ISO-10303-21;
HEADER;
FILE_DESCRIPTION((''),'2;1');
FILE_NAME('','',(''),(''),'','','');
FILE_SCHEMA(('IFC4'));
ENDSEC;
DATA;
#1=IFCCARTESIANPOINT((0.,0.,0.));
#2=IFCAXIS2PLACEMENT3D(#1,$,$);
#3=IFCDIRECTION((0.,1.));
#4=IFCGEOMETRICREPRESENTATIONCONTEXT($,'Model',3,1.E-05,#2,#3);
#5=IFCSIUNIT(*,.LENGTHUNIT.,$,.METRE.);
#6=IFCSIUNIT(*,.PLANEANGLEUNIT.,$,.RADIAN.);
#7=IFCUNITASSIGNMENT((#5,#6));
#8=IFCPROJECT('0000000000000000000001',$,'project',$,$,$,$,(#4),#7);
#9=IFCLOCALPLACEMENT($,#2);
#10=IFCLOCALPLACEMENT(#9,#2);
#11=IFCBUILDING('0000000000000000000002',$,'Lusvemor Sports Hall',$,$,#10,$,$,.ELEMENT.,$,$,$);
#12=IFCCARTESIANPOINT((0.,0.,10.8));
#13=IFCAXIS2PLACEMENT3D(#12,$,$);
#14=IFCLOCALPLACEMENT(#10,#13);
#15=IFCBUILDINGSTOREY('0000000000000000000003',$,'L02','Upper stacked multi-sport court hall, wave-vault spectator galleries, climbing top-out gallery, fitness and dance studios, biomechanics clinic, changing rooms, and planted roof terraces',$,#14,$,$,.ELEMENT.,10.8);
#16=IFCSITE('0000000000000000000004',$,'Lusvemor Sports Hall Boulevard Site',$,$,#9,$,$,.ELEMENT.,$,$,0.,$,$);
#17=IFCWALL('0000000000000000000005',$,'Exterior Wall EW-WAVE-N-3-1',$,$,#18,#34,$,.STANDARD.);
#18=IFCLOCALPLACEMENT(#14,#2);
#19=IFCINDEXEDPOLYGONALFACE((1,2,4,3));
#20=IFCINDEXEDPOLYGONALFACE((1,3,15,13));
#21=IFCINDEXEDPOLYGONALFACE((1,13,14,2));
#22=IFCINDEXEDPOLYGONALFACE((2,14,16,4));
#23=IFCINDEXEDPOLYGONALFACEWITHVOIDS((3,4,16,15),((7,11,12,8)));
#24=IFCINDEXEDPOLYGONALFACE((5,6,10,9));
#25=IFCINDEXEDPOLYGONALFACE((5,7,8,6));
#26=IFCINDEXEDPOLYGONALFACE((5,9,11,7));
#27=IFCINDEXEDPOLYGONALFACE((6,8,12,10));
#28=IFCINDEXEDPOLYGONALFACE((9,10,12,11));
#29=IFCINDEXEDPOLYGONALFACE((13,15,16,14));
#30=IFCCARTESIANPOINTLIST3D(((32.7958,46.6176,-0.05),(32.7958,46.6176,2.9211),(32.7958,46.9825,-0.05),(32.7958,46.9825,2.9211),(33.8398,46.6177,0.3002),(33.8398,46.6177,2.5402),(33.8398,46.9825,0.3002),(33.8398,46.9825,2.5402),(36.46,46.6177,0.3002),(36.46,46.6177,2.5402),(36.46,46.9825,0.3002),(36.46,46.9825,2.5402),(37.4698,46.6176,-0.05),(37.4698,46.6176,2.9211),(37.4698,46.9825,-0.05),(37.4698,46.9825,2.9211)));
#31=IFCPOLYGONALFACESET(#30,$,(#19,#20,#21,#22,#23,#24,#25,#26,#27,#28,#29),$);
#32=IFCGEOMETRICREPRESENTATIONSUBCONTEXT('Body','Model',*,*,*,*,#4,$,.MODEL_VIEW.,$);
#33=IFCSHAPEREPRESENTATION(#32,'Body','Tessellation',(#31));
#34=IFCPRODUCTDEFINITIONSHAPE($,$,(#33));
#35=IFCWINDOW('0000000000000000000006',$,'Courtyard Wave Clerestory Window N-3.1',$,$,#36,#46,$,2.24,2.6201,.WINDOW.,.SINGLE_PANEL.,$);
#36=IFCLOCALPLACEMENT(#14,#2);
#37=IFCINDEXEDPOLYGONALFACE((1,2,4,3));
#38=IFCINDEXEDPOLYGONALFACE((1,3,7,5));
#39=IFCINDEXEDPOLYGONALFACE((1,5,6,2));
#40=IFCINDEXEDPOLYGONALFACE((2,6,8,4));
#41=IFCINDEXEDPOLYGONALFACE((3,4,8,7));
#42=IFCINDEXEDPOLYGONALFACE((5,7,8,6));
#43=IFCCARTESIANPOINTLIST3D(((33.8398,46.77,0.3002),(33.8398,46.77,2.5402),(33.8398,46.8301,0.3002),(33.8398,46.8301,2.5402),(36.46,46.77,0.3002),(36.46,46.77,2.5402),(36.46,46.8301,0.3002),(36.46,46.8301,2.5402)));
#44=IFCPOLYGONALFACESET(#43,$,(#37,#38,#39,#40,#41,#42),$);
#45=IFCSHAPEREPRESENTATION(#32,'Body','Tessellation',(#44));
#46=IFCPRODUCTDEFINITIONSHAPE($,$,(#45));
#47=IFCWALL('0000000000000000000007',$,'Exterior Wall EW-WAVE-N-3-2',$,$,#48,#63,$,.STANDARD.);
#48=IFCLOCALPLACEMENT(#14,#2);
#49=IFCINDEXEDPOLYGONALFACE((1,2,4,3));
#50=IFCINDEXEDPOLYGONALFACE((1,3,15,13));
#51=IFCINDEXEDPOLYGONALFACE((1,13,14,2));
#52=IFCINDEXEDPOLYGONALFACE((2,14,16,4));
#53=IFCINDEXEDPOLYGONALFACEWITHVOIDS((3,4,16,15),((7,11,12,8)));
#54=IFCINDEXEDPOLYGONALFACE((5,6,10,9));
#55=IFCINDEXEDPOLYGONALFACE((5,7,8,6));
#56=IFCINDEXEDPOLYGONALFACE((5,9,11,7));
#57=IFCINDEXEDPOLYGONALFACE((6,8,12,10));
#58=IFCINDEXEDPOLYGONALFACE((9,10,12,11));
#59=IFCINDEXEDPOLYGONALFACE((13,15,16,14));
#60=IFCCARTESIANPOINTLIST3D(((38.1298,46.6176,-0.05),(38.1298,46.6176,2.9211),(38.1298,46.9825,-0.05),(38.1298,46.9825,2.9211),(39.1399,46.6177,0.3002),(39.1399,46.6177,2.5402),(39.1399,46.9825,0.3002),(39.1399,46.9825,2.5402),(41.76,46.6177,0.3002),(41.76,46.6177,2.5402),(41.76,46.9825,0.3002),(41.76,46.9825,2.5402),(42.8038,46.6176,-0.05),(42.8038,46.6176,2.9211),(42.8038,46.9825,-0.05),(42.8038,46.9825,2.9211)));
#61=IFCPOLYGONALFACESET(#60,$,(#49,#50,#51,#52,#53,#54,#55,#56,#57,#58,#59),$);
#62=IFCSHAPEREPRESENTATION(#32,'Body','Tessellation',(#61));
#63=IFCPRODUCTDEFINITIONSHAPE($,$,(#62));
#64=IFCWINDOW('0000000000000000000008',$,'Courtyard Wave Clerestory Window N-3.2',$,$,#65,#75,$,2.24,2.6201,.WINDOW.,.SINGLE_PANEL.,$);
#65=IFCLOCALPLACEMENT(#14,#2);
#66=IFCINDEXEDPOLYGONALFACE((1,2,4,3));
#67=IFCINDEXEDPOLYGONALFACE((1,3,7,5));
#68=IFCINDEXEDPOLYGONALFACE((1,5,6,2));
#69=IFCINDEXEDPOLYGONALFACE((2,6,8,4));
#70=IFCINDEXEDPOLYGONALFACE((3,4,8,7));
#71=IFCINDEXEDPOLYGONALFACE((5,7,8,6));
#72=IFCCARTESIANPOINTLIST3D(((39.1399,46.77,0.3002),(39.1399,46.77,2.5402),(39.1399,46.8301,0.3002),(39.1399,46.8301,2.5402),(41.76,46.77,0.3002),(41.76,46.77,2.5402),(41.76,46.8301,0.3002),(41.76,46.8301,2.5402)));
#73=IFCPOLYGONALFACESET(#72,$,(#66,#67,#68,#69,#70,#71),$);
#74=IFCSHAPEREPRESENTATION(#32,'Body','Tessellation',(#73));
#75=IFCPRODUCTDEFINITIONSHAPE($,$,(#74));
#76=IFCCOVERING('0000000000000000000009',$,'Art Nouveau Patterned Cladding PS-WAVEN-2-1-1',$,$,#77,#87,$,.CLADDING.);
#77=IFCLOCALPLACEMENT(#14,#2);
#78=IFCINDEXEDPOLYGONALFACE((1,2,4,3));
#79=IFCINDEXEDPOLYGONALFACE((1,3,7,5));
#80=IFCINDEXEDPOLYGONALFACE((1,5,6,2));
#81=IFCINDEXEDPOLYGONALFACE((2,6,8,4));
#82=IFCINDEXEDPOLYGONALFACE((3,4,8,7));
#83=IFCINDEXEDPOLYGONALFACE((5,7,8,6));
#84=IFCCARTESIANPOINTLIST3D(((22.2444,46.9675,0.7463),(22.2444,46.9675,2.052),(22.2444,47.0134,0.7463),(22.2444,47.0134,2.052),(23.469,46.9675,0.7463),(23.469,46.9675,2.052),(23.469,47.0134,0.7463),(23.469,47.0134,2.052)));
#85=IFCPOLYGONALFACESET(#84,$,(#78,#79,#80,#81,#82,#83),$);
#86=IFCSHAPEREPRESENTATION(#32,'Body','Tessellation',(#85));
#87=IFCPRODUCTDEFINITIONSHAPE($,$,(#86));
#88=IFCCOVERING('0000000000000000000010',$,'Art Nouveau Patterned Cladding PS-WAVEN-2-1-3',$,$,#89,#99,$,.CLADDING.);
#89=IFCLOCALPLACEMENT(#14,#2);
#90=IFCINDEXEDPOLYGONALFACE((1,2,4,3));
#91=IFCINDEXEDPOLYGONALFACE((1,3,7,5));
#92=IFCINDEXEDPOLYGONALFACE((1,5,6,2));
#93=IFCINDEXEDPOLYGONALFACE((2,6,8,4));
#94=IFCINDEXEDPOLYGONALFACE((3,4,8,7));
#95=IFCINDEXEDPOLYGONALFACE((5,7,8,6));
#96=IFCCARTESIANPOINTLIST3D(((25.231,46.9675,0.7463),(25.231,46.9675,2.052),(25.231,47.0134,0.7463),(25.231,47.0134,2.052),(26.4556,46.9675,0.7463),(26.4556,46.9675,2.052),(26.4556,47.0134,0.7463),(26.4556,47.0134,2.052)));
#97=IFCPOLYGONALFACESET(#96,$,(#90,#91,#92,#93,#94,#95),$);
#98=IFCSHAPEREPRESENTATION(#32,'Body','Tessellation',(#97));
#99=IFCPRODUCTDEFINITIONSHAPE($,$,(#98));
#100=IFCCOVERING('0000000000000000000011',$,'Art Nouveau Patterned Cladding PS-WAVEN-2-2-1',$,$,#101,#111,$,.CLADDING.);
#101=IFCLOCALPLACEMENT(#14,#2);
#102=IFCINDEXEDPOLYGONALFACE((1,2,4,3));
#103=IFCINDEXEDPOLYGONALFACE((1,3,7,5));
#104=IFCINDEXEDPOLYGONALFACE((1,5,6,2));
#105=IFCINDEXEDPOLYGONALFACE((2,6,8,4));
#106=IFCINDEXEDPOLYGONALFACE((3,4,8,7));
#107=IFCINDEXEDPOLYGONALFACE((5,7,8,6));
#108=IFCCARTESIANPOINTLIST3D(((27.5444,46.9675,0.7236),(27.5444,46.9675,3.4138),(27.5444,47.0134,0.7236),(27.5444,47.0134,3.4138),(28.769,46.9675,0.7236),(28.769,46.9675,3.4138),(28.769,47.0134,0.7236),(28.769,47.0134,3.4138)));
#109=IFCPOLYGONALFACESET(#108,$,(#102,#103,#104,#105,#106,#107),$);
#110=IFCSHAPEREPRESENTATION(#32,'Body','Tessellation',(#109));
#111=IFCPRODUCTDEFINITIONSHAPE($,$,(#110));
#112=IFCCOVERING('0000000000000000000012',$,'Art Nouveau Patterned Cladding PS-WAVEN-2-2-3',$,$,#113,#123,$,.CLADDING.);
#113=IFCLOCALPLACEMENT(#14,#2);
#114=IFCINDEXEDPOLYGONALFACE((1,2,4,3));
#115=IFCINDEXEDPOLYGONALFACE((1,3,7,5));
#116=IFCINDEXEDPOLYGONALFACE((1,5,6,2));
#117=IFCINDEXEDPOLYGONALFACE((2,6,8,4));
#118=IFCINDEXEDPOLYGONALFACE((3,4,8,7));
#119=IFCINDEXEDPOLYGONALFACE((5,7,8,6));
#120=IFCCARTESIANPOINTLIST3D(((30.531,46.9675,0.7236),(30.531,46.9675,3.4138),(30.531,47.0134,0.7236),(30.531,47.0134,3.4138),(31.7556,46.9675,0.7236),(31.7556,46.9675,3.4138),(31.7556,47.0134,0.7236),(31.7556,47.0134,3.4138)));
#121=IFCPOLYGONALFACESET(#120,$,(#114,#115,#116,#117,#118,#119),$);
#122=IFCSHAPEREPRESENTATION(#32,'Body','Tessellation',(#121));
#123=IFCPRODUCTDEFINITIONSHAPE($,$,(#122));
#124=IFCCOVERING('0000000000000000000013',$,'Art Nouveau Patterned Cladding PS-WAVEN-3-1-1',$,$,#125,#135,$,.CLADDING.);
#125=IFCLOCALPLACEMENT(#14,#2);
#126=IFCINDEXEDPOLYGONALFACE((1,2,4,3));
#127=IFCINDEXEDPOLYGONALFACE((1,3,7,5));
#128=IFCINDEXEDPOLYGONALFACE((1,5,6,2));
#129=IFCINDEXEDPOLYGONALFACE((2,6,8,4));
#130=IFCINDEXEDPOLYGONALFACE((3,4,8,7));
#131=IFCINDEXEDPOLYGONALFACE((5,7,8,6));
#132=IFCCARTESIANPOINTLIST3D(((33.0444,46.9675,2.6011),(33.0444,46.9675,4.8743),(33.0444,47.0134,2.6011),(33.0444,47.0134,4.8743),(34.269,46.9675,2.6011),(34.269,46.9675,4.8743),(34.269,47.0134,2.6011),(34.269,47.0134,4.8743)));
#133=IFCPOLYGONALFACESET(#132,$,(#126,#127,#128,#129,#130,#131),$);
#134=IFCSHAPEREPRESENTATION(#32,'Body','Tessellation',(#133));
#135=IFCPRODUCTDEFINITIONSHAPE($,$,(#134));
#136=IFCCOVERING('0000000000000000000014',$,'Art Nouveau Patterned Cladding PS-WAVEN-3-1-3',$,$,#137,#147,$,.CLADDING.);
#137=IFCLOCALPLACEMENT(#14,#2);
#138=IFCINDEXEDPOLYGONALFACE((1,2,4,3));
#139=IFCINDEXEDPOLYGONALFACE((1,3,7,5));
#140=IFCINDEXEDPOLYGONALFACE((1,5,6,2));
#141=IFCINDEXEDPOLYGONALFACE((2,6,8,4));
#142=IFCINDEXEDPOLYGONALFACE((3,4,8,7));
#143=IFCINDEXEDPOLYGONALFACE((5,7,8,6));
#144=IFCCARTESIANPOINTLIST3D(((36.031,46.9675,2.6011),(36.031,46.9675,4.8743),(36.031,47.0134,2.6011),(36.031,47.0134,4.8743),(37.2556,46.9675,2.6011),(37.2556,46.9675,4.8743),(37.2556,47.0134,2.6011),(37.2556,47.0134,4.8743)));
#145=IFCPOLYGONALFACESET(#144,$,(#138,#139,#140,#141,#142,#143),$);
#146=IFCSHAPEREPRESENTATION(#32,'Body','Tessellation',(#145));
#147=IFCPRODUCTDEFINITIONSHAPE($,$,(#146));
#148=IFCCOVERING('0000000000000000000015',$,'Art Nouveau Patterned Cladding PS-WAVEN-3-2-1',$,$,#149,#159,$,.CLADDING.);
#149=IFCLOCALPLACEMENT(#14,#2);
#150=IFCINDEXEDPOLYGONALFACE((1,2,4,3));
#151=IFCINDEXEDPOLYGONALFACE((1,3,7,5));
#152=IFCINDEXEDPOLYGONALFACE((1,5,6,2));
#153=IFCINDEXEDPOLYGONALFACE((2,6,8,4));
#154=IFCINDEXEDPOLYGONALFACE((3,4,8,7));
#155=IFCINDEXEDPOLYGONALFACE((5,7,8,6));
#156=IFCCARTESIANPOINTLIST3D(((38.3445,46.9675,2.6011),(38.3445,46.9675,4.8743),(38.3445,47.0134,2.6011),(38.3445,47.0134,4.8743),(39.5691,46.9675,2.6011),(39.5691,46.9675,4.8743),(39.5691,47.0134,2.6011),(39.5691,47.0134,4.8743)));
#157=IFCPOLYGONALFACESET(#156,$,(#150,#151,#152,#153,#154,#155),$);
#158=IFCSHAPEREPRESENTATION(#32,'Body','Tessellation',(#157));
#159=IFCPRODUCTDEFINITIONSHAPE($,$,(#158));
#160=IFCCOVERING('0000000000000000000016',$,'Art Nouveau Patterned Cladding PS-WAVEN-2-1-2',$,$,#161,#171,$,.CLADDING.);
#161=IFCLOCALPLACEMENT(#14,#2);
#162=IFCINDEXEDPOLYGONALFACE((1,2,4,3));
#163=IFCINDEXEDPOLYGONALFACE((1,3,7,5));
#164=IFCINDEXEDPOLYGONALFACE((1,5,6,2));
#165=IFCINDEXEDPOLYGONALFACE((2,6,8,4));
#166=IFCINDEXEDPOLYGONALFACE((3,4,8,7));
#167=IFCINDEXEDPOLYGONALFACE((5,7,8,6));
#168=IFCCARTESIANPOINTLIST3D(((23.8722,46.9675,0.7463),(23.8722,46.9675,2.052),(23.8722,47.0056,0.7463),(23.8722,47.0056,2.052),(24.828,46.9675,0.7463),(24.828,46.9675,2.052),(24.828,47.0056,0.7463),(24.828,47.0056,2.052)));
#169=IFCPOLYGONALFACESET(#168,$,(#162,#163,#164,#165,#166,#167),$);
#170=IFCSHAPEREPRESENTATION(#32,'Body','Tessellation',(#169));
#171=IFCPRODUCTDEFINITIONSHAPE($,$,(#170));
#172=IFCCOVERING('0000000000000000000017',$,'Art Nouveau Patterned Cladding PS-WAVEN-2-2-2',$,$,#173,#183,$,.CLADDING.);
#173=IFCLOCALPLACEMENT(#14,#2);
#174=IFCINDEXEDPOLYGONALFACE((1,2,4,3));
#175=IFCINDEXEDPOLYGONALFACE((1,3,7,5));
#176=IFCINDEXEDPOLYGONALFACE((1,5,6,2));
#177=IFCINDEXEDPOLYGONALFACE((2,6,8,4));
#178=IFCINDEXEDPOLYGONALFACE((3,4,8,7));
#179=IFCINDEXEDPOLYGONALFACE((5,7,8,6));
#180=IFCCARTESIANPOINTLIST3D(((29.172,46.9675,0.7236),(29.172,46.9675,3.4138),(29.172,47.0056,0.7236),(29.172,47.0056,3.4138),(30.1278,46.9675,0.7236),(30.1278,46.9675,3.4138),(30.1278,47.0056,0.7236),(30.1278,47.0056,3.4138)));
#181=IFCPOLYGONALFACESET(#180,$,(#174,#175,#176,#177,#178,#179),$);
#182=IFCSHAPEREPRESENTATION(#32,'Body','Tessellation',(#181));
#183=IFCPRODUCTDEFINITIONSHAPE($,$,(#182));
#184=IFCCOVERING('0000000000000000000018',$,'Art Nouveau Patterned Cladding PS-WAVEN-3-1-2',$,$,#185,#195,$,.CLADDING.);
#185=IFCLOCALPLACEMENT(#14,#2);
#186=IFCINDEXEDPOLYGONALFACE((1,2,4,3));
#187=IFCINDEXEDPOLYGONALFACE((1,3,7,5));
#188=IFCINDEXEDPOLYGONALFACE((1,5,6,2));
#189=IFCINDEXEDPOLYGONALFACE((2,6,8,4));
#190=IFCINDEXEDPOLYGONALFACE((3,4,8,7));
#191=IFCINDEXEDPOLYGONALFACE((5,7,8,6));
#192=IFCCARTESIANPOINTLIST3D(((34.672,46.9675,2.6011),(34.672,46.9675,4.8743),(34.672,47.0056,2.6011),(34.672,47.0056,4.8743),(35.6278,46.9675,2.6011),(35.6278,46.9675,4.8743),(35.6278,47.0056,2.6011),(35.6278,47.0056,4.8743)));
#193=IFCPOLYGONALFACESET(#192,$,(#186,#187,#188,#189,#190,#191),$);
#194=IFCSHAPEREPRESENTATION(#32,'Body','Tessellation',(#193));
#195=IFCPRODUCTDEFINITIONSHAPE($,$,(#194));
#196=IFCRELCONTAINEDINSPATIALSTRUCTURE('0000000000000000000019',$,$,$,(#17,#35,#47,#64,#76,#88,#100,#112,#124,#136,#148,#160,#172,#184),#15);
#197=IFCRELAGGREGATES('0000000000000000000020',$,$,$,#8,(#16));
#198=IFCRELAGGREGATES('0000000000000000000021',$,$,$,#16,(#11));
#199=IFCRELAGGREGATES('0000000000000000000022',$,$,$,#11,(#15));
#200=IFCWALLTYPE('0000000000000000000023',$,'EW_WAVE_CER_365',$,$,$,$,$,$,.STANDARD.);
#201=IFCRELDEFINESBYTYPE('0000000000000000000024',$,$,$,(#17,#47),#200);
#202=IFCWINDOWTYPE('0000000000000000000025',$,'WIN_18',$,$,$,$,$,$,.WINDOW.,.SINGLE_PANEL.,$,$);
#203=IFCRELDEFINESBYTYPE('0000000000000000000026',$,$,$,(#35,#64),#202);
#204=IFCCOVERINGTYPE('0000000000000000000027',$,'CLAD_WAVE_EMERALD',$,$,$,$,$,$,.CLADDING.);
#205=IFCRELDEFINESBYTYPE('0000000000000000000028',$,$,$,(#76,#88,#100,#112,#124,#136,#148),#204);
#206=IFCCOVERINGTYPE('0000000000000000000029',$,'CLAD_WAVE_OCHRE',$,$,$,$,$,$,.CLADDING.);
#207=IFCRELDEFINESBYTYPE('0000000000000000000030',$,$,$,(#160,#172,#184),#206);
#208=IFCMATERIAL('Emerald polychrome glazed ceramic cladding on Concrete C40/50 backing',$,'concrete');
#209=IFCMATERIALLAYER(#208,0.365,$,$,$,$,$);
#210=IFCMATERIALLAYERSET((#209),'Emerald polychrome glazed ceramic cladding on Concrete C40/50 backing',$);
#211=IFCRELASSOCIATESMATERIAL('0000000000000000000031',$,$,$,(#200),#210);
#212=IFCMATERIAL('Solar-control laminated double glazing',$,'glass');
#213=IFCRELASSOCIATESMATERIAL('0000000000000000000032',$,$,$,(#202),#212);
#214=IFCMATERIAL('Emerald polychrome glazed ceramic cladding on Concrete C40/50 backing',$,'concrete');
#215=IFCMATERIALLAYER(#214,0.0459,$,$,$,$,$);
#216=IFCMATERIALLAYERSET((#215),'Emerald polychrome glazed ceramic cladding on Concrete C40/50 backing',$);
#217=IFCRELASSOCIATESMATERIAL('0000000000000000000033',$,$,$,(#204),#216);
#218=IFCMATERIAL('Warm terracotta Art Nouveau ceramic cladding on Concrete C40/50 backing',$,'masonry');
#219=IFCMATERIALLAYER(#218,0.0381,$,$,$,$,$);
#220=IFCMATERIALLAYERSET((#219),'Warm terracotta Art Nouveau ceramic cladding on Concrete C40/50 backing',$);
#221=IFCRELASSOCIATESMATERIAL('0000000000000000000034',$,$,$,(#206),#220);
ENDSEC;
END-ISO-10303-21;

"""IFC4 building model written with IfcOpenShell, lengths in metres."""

from ifc_helpers import new_model, si_unit, direction, frame, frame_2d, origin, origin_2d, place, context, subcontext, project, spatial, rectangle, extrude, material, layer, layer_set, type_object, element, fill, save


model = new_model("IFC4")

# Units and contexts
model_context = context("Model", 3, precision=1e-05, world=origin(), true_north=direction((0.0, 1.0)))
body_context = subcontext(model_context, "Body", "Model", "MODEL_VIEW")
ifc_project = project(units=[si_unit("LENGTHUNIT", "METRE"), si_unit("PLANEANGLEUNIT", "RADIAN")], contexts=[model_context])

# Site, building, storey
site_placement = place(None, origin())
site = spatial("IfcSite", under=ifc_project, at=site_placement, Name="Lusvemor Sports Hall Boulevard Site", CompositionType="ELEMENT", RefElevation=0.0)
building_placement = place(site_placement, origin())
building = spatial("IfcBuilding", under=site, at=building_placement, Name="Lusvemor Sports Hall", CompositionType="ELEMENT")
storey_placement = place(building_placement, frame((0.0, 0.0, 10.8)))
storey = spatial("IfcBuildingStorey", under=building, at=storey_placement, Name="L02", Description="Upper stacked multi-sport court hall, wave-vault spectator galleries, climbing top-out gallery, fitness and dance studios, biomechanics clinic, changing rooms, and planted roof terraces", CompositionType="ELEMENT", Elevation=10.8)

# Shared definitions
ifc_material_1 = material(Name="Emerald polychrome glazed ceramic cladding on Concrete C40/50 backing", Category="concrete")
ifc_layer_1 = layer(ifc_material_1, 0.365)
ifc_layer_set_1 = layer_set([ifc_layer_1], Name="Emerald polychrome glazed ceramic cladding on Concrete C40/50 backing")
wall_type = type_object("IfcWallType", Name="EW_WAVE_CER_365", PredefinedType="STANDARD", material=ifc_layer_set_1)

# Walls, openings, windows
wall_1_placement = place(storey_placement, frame((32.7959, 46.8, -0.05), z_axis=(0.0, 0.0, 1.0), x_axis=(1.0, 0.0, 0.0)))
wall_1 = element("IfcWall", 1, at=wall_1_placement, inside=storey, type_object=wall_type, Name="Exterior Wall EW-WAVE-N-3-1", PredefinedType="STANDARD", context=body_context, shape_type="SweptSolid", body=[
    extrude(rectangle(XDim=4.6741, YDim=0.365, at=frame_2d((2.3369, 0.0))), origin(), (0.0, 0.0, 1.0), 2.9712),
])
opening_1_placement = place(wall_1_placement, frame((1.0439, 0.0, 0.3501)))
opening_1 = element("IfcOpeningElement", 2, at=opening_1_placement, cuts=wall_1, PredefinedType="OPENING", context=body_context, shape_type="SweptSolid", body=[
    extrude(rectangle(XDim=2.6201, YDim=2.24, at=frame_2d((1.3101, 1.1201))), frame((0.0, 0.1826, 0.0), z_axis=(0.0, -1.0, 0.0), x_axis=(1.0, 0.0, 0.0)), (0.0, 0.0, 1.0), 0.365),
])
ifc_material_2 = material(Name="Solar-control laminated double glazing", Category="glass")
window_type = type_object("IfcWindowType", Name="WIN_18", PartitioningType="SINGLE_PANEL", PredefinedType="WINDOW", material=ifc_material_2)
window_1_placement = place(opening_1_placement, origin())
window_1 = element("IfcWindow", 3, at=window_1_placement, inside=storey, type_object=window_type, Name="Courtyard Wave Clerestory Window N-3.1", OverallHeight=2.24, OverallWidth=2.6201, PartitioningType="SINGLE_PANEL", PredefinedType="WINDOW", context=body_context, shape_type="SweptSolid", body=[
    extrude(rectangle(XDim=2.6201, YDim=2.24, at=frame_2d((1.3101, 1.1201))), frame((0.0, 0.03, 0.0), z_axis=(0.0, -1.0, 0.0), x_axis=(1.0, 0.0, 0.0)), (0.0, 0.0, 1.0), 0.0601),
])
fill(opening_1, window_1)
wall_2_placement = place(storey_placement, frame((38.1299, 46.8, -0.05), z_axis=(0.0, 0.0, 1.0), x_axis=(1.0, 0.0, 0.0)))
wall_2 = element("IfcWall", 4, at=wall_2_placement, inside=storey, type_object=wall_type, Name="Exterior Wall EW-WAVE-N-3-2", PredefinedType="STANDARD", context=body_context, shape_type="SweptSolid", body=[
    extrude(rectangle(XDim=4.6741, YDim=0.365, at=frame_2d((2.3369, 0.0))), origin(), (0.0, 0.0, 1.0), 2.9712),
])
opening_2_placement = place(wall_2_placement, frame((1.01, 0.0, 0.3501)))
opening_2 = element("IfcOpeningElement", 5, at=opening_2_placement, cuts=wall_2, PredefinedType="OPENING", context=body_context, shape_type="SweptSolid", body=[
    extrude(rectangle(XDim=2.6201, YDim=2.24, at=frame_2d((1.3101, 1.1201))), frame((0.0, 0.1826, 0.0), z_axis=(0.0, -1.0, 0.0), x_axis=(1.0, 0.0, 0.0)), (0.0, 0.0, 1.0), 0.365),
])
window_2_placement = place(opening_2_placement, origin())
window_2 = element("IfcWindow", 6, at=window_2_placement, inside=storey, type_object=window_type, Name="Courtyard Wave Clerestory Window N-3.2", OverallHeight=2.24, OverallWidth=2.6201, PartitioningType="SINGLE_PANEL", PredefinedType="WINDOW", context=body_context, shape_type="SweptSolid", body=[
    extrude(rectangle(XDim=2.6201, YDim=2.24, at=frame_2d((1.3101, 1.1201))), frame((0.0, 0.03, 0.0), z_axis=(0.0, -1.0, 0.0), x_axis=(1.0, 0.0, 0.0)), (0.0, 0.0, 1.0), 0.0601),
])
fill(opening_2, window_2)

# Coverings
ifc_material_3 = material(Name="Emerald polychrome glazed ceramic cladding on Concrete C40/50 backing", Category="concrete")
ifc_layer_2 = layer(ifc_material_3, 0.0459)
ifc_layer_set_2 = layer_set([ifc_layer_2], Name="Emerald polychrome glazed ceramic cladding on Concrete C40/50 backing")
covering_type_1 = type_object("IfcCoveringType", Name="CLAD_WAVE_EMERALD", PredefinedType="CLADDING", material=ifc_layer_set_2)
for number, where, z_axis, x_axis, name in (
    (7, (22.8567, 46.9905, 0.7463), (0.0, 0.0, 1.0), (1.0, 0.0, 0.0), "Art Nouveau Patterned Cladding PS-WAVEN-2-1-1"),
    (8, (25.8433, 46.9905, 0.7463), (0.0, 0.0, 1.0), (1.0, 0.0, 0.0), "Art Nouveau Patterned Cladding PS-WAVEN-2-1-3"),
):
    element("IfcCovering", number, at=place(storey_placement, frame(where, z_axis=z_axis, x_axis=x_axis)), inside=storey, type_object=covering_type_1, Name=name, PredefinedType="CLADDING", context=body_context, shape_type="SweptSolid", body=[
        extrude(rectangle(XDim=1.2246, YDim=0.0459, at=origin_2d()), origin(), (0.0, 0.0, 1.0), 1.3057),
    ])
for number, where, z_axis, x_axis, name in (
    (9, (28.1567, 46.9905, 0.7236), (0.0, 0.0, 1.0), (1.0, 0.0, 0.0), "Art Nouveau Patterned Cladding PS-WAVEN-2-2-1"),
    (10, (31.1433, 46.9905, 0.7236), (0.0, 0.0, 1.0), (1.0, 0.0, 0.0), "Art Nouveau Patterned Cladding PS-WAVEN-2-2-3"),
):
    element("IfcCovering", number, at=place(storey_placement, frame(where, z_axis=z_axis, x_axis=x_axis)), inside=storey, type_object=covering_type_1, Name=name, PredefinedType="CLADDING", context=body_context, shape_type="SweptSolid", body=[
        extrude(rectangle(XDim=1.2246, YDim=0.0459, at=origin_2d()), origin(), (0.0, 0.0, 1.0), 2.6902),
    ])
for number, where, z_axis, x_axis, name in (
    (11, (33.6567, 46.9905, 2.6011), (0.0, 0.0, 1.0), (1.0, 0.0, 0.0), "Art Nouveau Patterned Cladding PS-WAVEN-3-1-1"),
    (12, (36.6433, 46.9905, 2.6011), (0.0, 0.0, 1.0), (1.0, 0.0, 0.0), "Art Nouveau Patterned Cladding PS-WAVEN-3-1-3"),
    (13, (38.9568, 46.9905, 2.6011), (0.0, 0.0, 1.0), (1.0, 0.0, 0.0), "Art Nouveau Patterned Cladding PS-WAVEN-3-2-1"),
):
    element("IfcCovering", number, at=place(storey_placement, frame(where, z_axis=z_axis, x_axis=x_axis)), inside=storey, type_object=covering_type_1, Name=name, PredefinedType="CLADDING", context=body_context, shape_type="SweptSolid", body=[
        extrude(rectangle(XDim=1.2246, YDim=0.0459, at=origin_2d()), origin(), (0.0, 0.0, 1.0), 2.2732),
    ])
ifc_material_4 = material(Name="Warm terracotta Art Nouveau ceramic cladding on Concrete C40/50 backing", Category="masonry")
ifc_layer_3 = layer(ifc_material_4, 0.0381)
ifc_layer_set_3 = layer_set([ifc_layer_3], Name="Warm terracotta Art Nouveau ceramic cladding on Concrete C40/50 backing")
covering_type_2 = type_object("IfcCoveringType", Name="CLAD_WAVE_OCHRE", PredefinedType="CLADDING", material=ifc_layer_set_3)
covering_1_placement = place(storey_placement, frame((24.3501, 46.9866, 0.7463), z_axis=(0.0, 0.0, 1.0), x_axis=(1.0, 0.0, 0.0)))
element("IfcCovering", 14, at=covering_1_placement, inside=storey, type_object=covering_type_2, Name="Art Nouveau Patterned Cladding PS-WAVEN-2-1-2", PredefinedType="CLADDING", context=body_context, shape_type="SweptSolid", body=[
    extrude(rectangle(XDim=0.9558, YDim=0.0381, at=origin_2d()), origin(), (0.0, 0.0, 1.0), 1.3057),
])
covering_2_placement = place(storey_placement, frame((29.6499, 46.9866, 0.7236), z_axis=(0.0, 0.0, 1.0), x_axis=(1.0, 0.0, 0.0)))
element("IfcCovering", 15, at=covering_2_placement, inside=storey, type_object=covering_type_2, Name="Art Nouveau Patterned Cladding PS-WAVEN-2-2-2", PredefinedType="CLADDING", context=body_context, shape_type="SweptSolid", body=[
    extrude(rectangle(XDim=0.9558, YDim=0.0381, at=origin_2d()), origin(), (0.0, 0.0, 1.0), 2.6902),
])
covering_3_placement = place(storey_placement, frame((35.1499, 46.9866, 2.6011), z_axis=(0.0, 0.0, 1.0), x_axis=(1.0, 0.0, 0.0)))
element("IfcCovering", 16, at=covering_3_placement, inside=storey, type_object=covering_type_2, Name="Art Nouveau Patterned Cladding PS-WAVEN-3-1-2", PredefinedType="CLADDING", context=body_context, shape_type="SweptSolid", body=[
    extrude(rectangle(XDim=0.9558, YDim=0.0381, at=origin_2d()), origin(), (0.0, 0.0, 1.0), 2.2732),
])

save(model, "model.ifc")
